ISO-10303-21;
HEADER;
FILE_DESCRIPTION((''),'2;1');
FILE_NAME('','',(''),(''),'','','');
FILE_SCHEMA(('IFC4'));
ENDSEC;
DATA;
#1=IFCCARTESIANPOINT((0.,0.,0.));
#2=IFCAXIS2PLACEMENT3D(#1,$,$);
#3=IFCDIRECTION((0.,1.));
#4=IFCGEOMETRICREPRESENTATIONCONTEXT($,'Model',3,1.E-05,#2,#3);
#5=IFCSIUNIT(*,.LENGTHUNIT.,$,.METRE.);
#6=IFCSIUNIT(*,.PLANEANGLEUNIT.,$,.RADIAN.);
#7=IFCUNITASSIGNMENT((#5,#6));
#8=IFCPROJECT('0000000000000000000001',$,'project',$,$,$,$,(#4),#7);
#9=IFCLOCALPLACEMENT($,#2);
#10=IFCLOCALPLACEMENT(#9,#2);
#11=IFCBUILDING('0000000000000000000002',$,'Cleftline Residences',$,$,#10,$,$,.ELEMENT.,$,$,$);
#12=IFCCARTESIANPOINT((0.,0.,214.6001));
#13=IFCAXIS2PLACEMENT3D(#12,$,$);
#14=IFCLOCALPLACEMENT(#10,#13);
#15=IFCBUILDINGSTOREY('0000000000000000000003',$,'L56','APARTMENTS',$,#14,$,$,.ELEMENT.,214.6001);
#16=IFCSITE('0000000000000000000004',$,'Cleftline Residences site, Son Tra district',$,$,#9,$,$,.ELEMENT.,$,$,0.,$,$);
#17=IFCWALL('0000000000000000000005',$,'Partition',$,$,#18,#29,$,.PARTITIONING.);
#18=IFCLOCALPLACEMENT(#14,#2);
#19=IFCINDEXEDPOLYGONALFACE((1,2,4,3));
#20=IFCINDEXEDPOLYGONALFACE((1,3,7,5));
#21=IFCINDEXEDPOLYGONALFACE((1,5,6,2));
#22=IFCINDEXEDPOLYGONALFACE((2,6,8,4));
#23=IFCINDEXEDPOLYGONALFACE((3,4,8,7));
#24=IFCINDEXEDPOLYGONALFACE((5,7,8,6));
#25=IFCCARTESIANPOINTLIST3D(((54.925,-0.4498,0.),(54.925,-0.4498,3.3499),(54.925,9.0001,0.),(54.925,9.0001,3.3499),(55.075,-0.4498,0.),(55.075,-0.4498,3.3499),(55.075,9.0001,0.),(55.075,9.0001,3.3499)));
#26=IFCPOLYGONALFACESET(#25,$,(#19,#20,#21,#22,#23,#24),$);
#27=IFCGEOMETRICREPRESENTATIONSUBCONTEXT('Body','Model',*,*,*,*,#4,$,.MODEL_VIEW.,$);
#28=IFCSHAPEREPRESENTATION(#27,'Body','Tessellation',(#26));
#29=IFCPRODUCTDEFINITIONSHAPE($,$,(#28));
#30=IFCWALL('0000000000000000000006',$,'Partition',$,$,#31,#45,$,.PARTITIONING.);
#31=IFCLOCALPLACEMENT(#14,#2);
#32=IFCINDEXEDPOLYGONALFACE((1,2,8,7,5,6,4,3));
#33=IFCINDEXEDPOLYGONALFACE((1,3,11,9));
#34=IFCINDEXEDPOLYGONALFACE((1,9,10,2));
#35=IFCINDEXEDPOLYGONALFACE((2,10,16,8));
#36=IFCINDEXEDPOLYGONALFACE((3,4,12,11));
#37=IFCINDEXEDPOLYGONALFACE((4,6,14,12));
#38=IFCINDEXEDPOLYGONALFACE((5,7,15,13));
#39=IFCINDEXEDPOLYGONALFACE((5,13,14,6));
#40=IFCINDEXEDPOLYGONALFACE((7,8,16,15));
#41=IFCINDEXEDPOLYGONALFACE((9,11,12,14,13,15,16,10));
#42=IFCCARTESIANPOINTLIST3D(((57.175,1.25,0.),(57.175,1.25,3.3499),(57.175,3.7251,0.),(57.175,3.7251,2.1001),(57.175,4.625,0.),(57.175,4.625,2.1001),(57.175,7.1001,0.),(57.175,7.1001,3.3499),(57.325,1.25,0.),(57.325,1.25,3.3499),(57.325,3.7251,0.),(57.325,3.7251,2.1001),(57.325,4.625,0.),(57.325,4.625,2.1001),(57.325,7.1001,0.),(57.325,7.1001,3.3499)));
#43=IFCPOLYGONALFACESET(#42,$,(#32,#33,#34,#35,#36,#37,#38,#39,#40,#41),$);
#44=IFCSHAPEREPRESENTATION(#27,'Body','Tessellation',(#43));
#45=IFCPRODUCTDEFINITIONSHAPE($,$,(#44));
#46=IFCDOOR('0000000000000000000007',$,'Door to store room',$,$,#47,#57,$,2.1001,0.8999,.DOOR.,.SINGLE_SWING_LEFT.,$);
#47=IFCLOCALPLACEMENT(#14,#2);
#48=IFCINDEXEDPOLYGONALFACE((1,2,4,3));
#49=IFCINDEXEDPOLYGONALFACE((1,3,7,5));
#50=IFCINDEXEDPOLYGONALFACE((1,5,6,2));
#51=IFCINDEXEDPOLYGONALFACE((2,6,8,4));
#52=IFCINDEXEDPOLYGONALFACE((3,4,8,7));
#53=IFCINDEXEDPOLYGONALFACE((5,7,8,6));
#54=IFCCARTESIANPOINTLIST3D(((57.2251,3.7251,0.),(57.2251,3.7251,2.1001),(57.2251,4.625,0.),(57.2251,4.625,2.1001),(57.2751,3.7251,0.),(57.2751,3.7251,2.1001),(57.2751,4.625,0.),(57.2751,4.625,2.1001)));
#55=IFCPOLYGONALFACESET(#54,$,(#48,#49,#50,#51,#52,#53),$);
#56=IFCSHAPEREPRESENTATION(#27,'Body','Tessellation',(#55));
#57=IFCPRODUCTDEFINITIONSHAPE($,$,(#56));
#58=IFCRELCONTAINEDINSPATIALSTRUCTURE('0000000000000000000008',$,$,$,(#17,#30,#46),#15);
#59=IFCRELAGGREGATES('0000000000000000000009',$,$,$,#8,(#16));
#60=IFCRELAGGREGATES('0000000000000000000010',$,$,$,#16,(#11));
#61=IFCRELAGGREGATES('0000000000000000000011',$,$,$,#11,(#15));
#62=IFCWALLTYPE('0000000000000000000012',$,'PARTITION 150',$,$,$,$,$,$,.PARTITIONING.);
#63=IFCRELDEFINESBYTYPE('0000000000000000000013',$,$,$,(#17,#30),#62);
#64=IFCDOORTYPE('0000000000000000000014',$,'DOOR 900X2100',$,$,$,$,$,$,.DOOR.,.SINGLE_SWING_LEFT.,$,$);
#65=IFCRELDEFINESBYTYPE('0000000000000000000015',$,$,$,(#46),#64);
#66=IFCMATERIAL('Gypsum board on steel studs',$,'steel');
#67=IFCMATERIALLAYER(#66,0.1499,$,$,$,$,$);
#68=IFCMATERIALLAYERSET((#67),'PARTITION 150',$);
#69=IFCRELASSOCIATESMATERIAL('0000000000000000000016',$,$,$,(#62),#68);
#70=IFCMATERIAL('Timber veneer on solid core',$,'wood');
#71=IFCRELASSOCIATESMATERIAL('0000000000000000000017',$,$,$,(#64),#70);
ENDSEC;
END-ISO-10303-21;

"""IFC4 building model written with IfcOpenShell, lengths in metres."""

from ifc_helpers import new_model, si_unit, direction, frame, frame_2d, origin, place, context, subcontext, project, spatial, rectangle, extrude, material, layer, layer_set, type_object, element, fill, save


model = new_model("IFC4")

# Units and contexts
model_context = context("Model", 3, precision=1e-05, world=origin(), true_north=direction((0.0, 1.0)))
body_context = subcontext(model_context, "Body", "Model", "MODEL_VIEW")
ifc_project = project(units=[si_unit("LENGTHUNIT", "METRE"), si_unit("PLANEANGLEUNIT", "RADIAN")], contexts=[model_context])

# Site, building, storey
site_placement = place(None, origin())
site = spatial("IfcSite", under=ifc_project, at=site_placement, Name="Cleftline Residences site, Son Tra district", CompositionType="ELEMENT", RefElevation=0.0)
building_placement = place(site_placement, origin())
building = spatial("IfcBuilding", under=site, at=building_placement, Name="Cleftline Residences", CompositionType="ELEMENT")
storey_placement = place(building_placement, frame((0.0, 0.0, 214.6001)))
storey = spatial("IfcBuildingStorey", under=building, at=storey_placement, Name="L56", Description="APARTMENTS", CompositionType="ELEMENT", Elevation=214.6001)

# Wall
ifc_material_1 = material(Name="Gypsum board on steel studs", Category="steel")
ifc_layer_1 = layer(ifc_material_1, 0.1499)
ifc_layer_set_1 = layer_set([ifc_layer_1], Name="PARTITION 150")
wall_type_1 = type_object("IfcWallType", Name="PARTITION 150", PredefinedType="PARTITIONING", material=ifc_layer_set_1)
wall_1_placement = place(storey_placement, frame((55.0, -0.45, 0.0), z_axis=(0.0, 0.0, 1.0), x_axis=(0.0, 1.0, 0.0)))
element("IfcWall", 1, at=wall_1_placement, inside=storey, type_object=wall_type_1, Name="Partition", PredefinedType="PARTITIONING", context=body_context, shape_type="SweptSolid", body=[
    extrude(rectangle(XDim=9.45, YDim=0.1499, at=frame_2d((4.7251, 0.0))), origin(), (0.0, 0.0, 1.0), 3.3499),
])

# Wall, opening, door
wall_2_placement = place(storey_placement, frame((57.25, 1.25, 0.0), z_axis=(0.0, 0.0, 1.0), x_axis=(0.0, 1.0, 0.0)))
wall_2 = element("IfcWall", 2, at=wall_2_placement, inside=storey, type_object=wall_type_1, Name="Partition", PredefinedType="PARTITIONING", context=body_context, shape_type="SweptSolid", body=[
    extrude(rectangle(XDim=5.8501, YDim=0.1499, at=frame_2d((2.925, 0.0))), origin(), (0.0, 0.0, 1.0), 3.3499),
])
opening_1_placement = place(wall_2_placement, frame((2.4751, 0.0, 0.0)))
opening_1 = element("IfcOpeningElement", 3, at=opening_1_placement, cuts=wall_2, PredefinedType="OPENING", context=body_context, shape_type="SweptSolid", body=[
    extrude(rectangle(XDim=0.8999, YDim=2.1001, at=frame_2d((0.45, 1.05))), frame((0.0, 0.085, 0.0), z_axis=(0.0, -1.0, 0.0), x_axis=(1.0, 0.0, 0.0)), (0.0, 0.0, 1.0), 0.1699),
])
ifc_material_2 = material(Name="Timber veneer on solid core", Category="wood")
door_type = type_object("IfcDoorType", Name="DOOR 900X2100", OperationType="SINGLE_SWING_LEFT", PredefinedType="DOOR", material=ifc_material_2)
door_placement = place(opening_1_placement, origin())
door = element("IfcDoor", 4, at=door_placement, inside=storey, type_object=door_type, Name="Door to store room", OperationType="SINGLE_SWING_LEFT", OverallHeight=2.1001, OverallWidth=0.8999, PredefinedType="DOOR", context=body_context, shape_type="SweptSolid", body=[
    extrude(rectangle(XDim=0.8999, YDim=2.1001, at=frame_2d((0.45, 1.05))), frame((0.0, 0.0249, 0.0), z_axis=(0.0, -1.0, 0.0), x_axis=(1.0, 0.0, 0.0)), (0.0, 0.0, 1.0), 0.05),
])
fill(opening_1, door)

save(model, "model.ifc")
